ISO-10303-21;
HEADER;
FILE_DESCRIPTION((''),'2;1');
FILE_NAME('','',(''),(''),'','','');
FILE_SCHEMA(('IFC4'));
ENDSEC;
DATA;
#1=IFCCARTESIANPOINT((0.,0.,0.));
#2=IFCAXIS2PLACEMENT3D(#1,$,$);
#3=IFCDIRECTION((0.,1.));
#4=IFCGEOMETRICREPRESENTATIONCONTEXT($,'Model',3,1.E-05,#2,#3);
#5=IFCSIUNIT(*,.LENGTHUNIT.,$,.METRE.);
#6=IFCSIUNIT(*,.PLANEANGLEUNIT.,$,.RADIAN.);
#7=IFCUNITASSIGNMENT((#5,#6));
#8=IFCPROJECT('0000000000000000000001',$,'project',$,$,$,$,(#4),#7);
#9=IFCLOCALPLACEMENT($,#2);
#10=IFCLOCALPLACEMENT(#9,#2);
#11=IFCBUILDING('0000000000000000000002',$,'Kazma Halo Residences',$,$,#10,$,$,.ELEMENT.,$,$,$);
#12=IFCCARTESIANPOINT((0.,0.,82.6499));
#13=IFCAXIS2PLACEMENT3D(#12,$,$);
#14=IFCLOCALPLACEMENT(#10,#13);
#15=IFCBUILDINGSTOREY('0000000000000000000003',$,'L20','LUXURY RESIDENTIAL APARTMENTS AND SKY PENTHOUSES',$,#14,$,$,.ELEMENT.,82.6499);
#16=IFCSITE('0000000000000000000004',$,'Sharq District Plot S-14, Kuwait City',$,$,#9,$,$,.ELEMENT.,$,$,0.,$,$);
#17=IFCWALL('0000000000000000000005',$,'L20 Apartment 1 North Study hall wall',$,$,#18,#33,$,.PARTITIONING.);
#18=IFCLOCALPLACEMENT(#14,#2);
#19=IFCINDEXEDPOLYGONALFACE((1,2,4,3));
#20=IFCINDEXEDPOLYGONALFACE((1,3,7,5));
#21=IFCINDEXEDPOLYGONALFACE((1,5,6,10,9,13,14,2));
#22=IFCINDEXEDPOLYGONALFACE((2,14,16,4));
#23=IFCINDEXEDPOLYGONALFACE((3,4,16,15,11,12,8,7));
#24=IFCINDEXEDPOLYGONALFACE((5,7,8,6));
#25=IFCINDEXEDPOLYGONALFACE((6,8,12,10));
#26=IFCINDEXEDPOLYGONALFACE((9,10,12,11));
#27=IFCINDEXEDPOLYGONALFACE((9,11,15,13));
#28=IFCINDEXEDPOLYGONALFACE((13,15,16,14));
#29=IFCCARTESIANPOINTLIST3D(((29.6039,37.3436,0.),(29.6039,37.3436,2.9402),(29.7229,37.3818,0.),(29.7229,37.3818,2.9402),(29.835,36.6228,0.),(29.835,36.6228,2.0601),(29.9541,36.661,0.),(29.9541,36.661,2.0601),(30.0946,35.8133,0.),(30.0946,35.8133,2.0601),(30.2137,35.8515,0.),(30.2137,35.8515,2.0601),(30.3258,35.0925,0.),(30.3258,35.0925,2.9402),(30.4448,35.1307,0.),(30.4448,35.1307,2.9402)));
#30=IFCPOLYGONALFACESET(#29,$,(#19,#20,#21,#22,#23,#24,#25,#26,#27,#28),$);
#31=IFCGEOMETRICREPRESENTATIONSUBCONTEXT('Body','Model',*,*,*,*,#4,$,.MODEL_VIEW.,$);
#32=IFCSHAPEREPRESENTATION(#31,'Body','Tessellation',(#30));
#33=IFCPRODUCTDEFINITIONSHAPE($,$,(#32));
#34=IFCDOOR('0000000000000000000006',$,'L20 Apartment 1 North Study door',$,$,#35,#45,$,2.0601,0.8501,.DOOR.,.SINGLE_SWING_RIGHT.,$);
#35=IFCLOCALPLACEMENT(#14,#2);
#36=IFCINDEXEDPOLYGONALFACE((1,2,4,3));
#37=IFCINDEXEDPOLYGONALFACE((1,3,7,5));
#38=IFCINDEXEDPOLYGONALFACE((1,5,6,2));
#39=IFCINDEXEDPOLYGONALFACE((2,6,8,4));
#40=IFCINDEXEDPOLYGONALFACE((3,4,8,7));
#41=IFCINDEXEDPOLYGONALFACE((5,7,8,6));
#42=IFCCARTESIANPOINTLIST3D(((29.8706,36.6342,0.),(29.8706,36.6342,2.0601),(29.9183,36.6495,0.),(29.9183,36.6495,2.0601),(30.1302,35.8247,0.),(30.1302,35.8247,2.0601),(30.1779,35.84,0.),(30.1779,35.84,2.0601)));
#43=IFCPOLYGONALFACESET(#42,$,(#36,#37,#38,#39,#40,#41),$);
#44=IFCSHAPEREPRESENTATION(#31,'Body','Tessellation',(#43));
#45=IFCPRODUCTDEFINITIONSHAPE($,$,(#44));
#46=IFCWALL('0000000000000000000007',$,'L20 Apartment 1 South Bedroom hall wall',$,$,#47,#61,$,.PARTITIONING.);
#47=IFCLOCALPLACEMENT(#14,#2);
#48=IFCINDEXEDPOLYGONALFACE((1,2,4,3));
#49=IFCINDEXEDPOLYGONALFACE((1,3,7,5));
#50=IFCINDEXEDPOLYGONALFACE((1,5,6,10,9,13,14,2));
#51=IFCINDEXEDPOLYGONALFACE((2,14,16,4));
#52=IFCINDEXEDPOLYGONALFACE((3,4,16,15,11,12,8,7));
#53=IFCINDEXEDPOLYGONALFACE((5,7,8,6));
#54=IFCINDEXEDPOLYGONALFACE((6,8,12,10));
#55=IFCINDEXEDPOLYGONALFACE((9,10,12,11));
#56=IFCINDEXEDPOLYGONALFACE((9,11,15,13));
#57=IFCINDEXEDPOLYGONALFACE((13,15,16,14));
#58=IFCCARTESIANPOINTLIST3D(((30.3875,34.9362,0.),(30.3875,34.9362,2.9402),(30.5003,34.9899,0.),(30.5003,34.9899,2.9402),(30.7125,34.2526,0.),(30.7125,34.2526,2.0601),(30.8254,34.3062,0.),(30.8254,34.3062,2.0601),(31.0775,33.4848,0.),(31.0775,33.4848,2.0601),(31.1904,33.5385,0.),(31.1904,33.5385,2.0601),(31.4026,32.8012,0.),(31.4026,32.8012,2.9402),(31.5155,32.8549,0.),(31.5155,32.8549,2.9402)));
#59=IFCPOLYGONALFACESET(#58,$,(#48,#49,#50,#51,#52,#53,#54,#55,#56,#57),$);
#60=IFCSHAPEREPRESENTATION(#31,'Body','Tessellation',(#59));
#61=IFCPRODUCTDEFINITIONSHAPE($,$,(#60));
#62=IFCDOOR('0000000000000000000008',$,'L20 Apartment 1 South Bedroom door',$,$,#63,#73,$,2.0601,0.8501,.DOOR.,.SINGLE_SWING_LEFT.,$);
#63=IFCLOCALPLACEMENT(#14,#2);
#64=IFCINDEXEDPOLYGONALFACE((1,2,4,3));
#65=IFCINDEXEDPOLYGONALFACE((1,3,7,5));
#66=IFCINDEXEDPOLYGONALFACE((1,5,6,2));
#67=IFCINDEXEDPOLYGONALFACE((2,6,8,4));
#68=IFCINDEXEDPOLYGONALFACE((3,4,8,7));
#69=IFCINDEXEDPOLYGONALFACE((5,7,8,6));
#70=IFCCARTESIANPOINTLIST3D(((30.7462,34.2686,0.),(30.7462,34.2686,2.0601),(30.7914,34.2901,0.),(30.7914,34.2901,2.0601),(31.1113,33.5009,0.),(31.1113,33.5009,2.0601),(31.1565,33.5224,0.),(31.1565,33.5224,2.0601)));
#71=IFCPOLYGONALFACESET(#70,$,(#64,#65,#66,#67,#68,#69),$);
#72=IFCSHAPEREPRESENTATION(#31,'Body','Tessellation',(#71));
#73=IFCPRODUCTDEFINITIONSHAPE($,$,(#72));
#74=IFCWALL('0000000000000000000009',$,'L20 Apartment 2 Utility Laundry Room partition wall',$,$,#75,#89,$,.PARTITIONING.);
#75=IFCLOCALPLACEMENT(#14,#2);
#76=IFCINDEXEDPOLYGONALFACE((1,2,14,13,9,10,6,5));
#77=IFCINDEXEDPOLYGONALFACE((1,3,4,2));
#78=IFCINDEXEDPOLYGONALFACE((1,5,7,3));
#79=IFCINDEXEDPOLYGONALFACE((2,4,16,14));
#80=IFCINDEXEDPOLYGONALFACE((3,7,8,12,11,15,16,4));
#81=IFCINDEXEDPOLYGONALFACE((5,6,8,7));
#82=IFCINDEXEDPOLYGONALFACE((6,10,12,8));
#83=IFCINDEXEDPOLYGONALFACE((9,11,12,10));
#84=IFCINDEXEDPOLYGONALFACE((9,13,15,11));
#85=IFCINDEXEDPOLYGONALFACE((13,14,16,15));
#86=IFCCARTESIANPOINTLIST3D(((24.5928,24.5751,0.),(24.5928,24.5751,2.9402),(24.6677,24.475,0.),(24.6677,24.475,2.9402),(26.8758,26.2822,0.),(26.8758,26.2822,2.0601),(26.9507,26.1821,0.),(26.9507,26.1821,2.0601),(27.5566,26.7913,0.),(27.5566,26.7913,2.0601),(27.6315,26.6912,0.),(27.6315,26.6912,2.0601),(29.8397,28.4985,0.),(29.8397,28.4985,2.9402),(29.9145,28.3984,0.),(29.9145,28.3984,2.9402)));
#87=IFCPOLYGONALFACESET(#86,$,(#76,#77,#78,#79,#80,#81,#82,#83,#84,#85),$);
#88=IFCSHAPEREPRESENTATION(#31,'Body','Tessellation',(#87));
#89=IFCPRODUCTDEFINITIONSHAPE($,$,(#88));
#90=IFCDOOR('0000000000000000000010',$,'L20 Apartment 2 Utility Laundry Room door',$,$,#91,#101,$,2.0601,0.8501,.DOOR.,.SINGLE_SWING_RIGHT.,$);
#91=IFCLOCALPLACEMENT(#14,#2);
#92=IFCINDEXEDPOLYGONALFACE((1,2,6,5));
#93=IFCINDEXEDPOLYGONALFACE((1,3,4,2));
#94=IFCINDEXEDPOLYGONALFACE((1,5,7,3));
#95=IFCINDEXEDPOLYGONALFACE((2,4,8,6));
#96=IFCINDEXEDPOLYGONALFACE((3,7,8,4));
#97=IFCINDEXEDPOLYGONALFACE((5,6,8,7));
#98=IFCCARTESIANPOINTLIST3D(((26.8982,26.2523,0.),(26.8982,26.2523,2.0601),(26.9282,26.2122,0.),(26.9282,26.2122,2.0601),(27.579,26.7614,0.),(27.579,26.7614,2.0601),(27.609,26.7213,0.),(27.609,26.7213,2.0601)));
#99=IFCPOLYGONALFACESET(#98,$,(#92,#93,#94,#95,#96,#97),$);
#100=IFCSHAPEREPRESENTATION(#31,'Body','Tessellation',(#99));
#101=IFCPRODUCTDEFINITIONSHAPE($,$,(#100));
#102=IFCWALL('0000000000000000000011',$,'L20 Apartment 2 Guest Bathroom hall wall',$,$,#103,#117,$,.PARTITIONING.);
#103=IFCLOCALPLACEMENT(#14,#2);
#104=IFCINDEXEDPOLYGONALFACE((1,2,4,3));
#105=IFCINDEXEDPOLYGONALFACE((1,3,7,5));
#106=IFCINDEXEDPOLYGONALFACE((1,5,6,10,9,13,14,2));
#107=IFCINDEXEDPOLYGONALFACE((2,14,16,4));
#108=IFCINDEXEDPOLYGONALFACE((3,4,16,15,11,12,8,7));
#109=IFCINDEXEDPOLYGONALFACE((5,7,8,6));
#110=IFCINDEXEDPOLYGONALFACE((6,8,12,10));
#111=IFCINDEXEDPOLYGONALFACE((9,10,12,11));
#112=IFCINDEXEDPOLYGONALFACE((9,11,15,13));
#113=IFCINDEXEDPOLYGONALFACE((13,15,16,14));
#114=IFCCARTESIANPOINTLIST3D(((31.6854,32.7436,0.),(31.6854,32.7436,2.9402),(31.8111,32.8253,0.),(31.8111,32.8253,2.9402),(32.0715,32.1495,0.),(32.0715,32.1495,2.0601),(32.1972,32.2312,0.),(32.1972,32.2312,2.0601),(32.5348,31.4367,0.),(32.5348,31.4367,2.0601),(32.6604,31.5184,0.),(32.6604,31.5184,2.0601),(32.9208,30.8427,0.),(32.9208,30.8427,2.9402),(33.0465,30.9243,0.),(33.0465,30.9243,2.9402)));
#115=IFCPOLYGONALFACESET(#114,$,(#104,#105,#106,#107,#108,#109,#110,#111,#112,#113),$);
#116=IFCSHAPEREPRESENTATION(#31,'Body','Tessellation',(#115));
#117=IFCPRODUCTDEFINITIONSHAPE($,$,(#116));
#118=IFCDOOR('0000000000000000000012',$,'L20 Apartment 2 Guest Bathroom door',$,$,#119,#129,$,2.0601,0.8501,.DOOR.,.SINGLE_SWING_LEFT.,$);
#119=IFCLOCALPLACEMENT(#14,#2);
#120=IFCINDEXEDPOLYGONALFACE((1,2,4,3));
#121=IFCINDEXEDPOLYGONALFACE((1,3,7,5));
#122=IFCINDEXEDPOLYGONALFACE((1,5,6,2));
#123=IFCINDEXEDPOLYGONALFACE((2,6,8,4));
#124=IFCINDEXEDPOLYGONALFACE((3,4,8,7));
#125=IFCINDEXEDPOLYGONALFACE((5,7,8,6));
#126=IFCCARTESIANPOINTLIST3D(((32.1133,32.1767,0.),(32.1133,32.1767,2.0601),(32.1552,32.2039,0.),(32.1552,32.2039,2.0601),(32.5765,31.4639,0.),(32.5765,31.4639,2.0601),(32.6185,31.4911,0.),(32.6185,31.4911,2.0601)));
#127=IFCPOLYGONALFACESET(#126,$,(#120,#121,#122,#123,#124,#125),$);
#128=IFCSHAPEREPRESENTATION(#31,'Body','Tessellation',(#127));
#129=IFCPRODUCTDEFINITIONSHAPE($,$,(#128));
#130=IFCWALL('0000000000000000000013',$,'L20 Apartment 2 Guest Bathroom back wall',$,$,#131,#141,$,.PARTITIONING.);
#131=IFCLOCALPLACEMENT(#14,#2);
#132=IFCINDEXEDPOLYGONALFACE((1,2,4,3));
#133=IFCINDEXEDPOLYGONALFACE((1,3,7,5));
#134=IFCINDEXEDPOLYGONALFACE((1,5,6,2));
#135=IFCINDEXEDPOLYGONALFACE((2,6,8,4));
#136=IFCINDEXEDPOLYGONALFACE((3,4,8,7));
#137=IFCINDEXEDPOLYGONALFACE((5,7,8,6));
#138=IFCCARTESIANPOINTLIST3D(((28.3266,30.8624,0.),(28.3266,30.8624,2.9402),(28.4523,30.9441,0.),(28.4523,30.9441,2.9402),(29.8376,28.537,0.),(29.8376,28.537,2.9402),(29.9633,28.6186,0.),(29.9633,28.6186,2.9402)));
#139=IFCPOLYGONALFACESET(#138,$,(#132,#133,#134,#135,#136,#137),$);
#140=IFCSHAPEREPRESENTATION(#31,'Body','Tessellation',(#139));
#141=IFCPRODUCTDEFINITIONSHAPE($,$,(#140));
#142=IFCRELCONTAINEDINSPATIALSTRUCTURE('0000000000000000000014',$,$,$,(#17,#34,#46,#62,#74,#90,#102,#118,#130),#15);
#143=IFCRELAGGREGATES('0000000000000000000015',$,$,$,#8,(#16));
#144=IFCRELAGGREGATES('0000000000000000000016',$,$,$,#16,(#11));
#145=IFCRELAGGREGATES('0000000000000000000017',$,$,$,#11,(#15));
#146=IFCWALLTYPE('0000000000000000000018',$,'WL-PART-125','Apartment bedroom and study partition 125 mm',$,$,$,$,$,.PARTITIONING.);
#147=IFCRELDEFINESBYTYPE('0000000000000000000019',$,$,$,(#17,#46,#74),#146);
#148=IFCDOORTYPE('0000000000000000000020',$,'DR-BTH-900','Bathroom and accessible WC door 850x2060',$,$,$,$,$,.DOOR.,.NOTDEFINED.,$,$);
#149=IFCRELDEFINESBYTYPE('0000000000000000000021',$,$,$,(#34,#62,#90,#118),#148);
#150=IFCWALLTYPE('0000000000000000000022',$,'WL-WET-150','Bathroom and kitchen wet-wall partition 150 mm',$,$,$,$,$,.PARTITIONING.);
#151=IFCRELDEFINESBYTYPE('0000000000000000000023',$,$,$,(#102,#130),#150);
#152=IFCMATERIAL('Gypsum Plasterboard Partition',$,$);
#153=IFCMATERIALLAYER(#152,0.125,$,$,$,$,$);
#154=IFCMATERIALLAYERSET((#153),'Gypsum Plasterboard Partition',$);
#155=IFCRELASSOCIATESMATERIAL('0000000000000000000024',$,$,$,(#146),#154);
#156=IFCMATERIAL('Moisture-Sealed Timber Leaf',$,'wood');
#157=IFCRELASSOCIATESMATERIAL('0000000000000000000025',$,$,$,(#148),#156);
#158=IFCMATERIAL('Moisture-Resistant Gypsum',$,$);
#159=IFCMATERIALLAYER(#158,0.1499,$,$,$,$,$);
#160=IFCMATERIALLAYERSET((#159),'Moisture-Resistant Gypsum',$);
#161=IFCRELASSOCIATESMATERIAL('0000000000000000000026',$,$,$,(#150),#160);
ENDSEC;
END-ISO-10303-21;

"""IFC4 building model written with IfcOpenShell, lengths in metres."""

from ifc_helpers import new_model, si_unit, direction, frame, frame_2d, origin, place, context, subcontext, project, spatial, rectangle, extrude, material, layer, layer_set, type_object, element, fill, save


model = new_model("IFC4")

# Units and contexts
model_context = context("Model", 3, precision=1e-05, world=origin(), true_north=direction((0.0, 1.0)))
body_context = subcontext(model_context, "Body", "Model", "MODEL_VIEW")
ifc_project = project(units=[si_unit("LENGTHUNIT", "METRE"), si_unit("PLANEANGLEUNIT", "RADIAN")], contexts=[model_context])

# Site, building, storey
site_placement = place(None, origin())
site = spatial("IfcSite", under=ifc_project, at=site_placement, Name="Sharq District Plot S-14, Kuwait City", CompositionType="ELEMENT", RefElevation=0.0)
building_placement = place(site_placement, origin())
building = spatial("IfcBuilding", under=site, at=building_placement, Name="Kazma Halo Residences", CompositionType="ELEMENT")
storey_placement = place(building_placement, frame((0.0, 0.0, 82.6499)))
storey = spatial("IfcBuildingStorey", under=building, at=storey_placement, Name="L20", Description="LUXURY RESIDENTIAL APARTMENTS AND SKY PENTHOUSES", CompositionType="ELEMENT", Elevation=82.6499)

# Shared definitions
ifc_material_1 = material(Name="Gypsum Plasterboard Partition")
ifc_layer_1 = layer(ifc_material_1, 0.125)
ifc_layer_set_1 = layer_set([ifc_layer_1], Name="Gypsum Plasterboard Partition")
wall_type_1 = type_object("IfcWallType", Name="WL-PART-125", Description="Apartment bedroom and study partition 125 mm", PredefinedType="PARTITIONING", material=ifc_layer_set_1)

# Walls, openings, doors
ifc_material_2 = material(Name="Moisture-Sealed Timber Leaf", Category="wood")
door_type = type_object("IfcDoorType", Name="DR-BTH-900", Description="Bathroom and accessible WC door 850x2060", OperationType="NOTDEFINED", PredefinedType="DOOR", material=ifc_material_2)
wall_1_placement = place(storey_placement, frame((29.6633, 37.3628, 0.0), z_axis=(0.0, 0.0, 1.0), x_axis=(0.305394, -0.952226, 0.0)))
wall_1 = element("IfcWall", 1, at=wall_1_placement, inside=storey, type_object=wall_type_1, Name="L20 Apartment 1 North Study hall wall", PredefinedType="PARTITIONING", context=body_context, shape_type="SweptSolid", body=[
    extrude(rectangle(XDim=2.364, YDim=0.125, at=frame_2d((1.1821, 0.0))), origin(), (0.0, 0.0, 1.0), 2.9402),
])
opening_1_placement = place(wall_1_placement, frame((0.7571, 0.0, 0.0)))
opening_1 = element("IfcOpeningElement", 2, at=opening_1_placement, cuts=wall_1, PredefinedType="OPENING", context=body_context, shape_type="SweptSolid", body=[
    extrude(rectangle(XDim=0.8501, YDim=2.0601, at=frame_2d((0.425, 1.03))), frame((0.0, 0.0725, 0.0), z_axis=(0.0, -1.0, 0.0), x_axis=(1.0, 0.0, 0.0)), (0.0, 0.0, 1.0), 0.145),
])
door_1_placement = place(opening_1_placement, origin())
door_1 = element("IfcDoor", 3, at=door_1_placement, inside=storey, type_object=door_type, Name="L20 Apartment 1 North Study door", OperationType="SINGLE_SWING_RIGHT", OverallHeight=2.0601, OverallWidth=0.8501, PredefinedType="DOOR", context=body_context, shape_type="SweptSolid", body=[
    extrude(rectangle(XDim=0.8501, YDim=2.0601, at=frame_2d((0.425, 1.03))), frame((0.0, 0.0249, 0.0), z_axis=(0.0, -1.0, 0.0), x_axis=(1.0, 0.0, 0.0)), (0.0, 0.0, 1.0), 0.05),
])
fill(opening_1, door_1)
wall_2_placement = place(storey_placement, frame((30.4438, 34.9631, 0.0), z_axis=(0.0, 0.0, 1.0), x_axis=(0.429404, -0.903112, 0.0)))
wall_2 = element("IfcWall", 4, at=wall_2_placement, inside=storey, type_object=wall_type_1, Name="L20 Apartment 1 South Bedroom hall wall", PredefinedType="PARTITIONING", context=body_context, shape_type="SweptSolid", body=[
    extrude(rectangle(XDim=2.364, YDim=0.125, at=frame_2d((1.1821, 0.0))), origin(), (0.0, 0.0, 1.0), 2.9402),
])
opening_2_placement = place(wall_2_placement, frame((0.7571, 0.0, 0.0)))
opening_2 = element("IfcOpeningElement", 5, at=opening_2_placement, cuts=wall_2, PredefinedType="OPENING", context=body_context, shape_type="SweptSolid", body=[
    extrude(rectangle(XDim=0.8501, YDim=2.0601, at=frame_2d((0.425, 1.03))), frame((0.0, 0.0725, 0.0), z_axis=(0.0, -1.0, 0.0), x_axis=(1.0, 0.0, 0.0)), (0.0, 0.0, 1.0), 0.145),
])
door_2_placement = place(opening_2_placement, origin())
door_2 = element("IfcDoor", 6, at=door_2_placement, inside=storey, type_object=door_type, Name="L20 Apartment 1 South Bedroom door", OperationType="SINGLE_SWING_LEFT", OverallHeight=2.0601, OverallWidth=0.8501, PredefinedType="DOOR", context=body_context, shape_type="SweptSolid", body=[
    extrude(rectangle(XDim=0.8501, YDim=2.0601, at=frame_2d((0.425, 1.03))), frame((0.0, 0.0249, 0.0), z_axis=(0.0, -1.0, 0.0), x_axis=(1.0, 0.0, 0.0)), (0.0, 0.0, 1.0), 0.05),
])
fill(opening_2, door_2)
wall_3_placement = place(storey_placement, frame((29.8772, 28.4485, 0.0), z_axis=(0.0, 0.0, 1.0), x_axis=(-0.800862, -0.598849, 0.0)))
wall_3 = element("IfcWall", 7, at=wall_3_placement, inside=storey, type_object=wall_type_1, Name="L20 Apartment 2 Utility Laundry Room partition wall", PredefinedType="PARTITIONING", context=body_context, shape_type="SweptSolid", body=[
    extrude(rectangle(XDim=6.5515, YDim=0.125, at=frame_2d((3.2759, 0.0))), origin(), (0.0, 0.0, 1.0), 2.9402),
])
opening_3_placement = place(wall_3_placement, frame((2.8508, 0.0, 0.0)))
opening_3 = element("IfcOpeningElement", 8, at=opening_3_placement, cuts=wall_3, PredefinedType="OPENING", context=body_context, shape_type="SweptSolid", body=[
    extrude(rectangle(XDim=0.8501, YDim=2.0601, at=frame_2d((0.425, 1.03))), frame((0.0, 0.0725, 0.0), z_axis=(0.0, -1.0, 0.0), x_axis=(1.0, 0.0, 0.0)), (0.0, 0.0, 1.0), 0.145),
])
door_3_placement = place(opening_3_placement, origin())
door_3 = element("IfcDoor", 9, at=door_3_placement, inside=storey, type_object=door_type, Name="L20 Apartment 2 Utility Laundry Room door", OperationType="SINGLE_SWING_RIGHT", OverallHeight=2.0601, OverallWidth=0.8501, PredefinedType="DOOR", context=body_context, shape_type="SweptSolid", body=[
    extrude(rectangle(XDim=0.8501, YDim=2.0601, at=frame_2d((0.425, 1.03))), frame((0.0, 0.0249, 0.0), z_axis=(0.0, -1.0, 0.0), x_axis=(1.0, 0.0, 0.0)), (0.0, 0.0, 1.0), 0.05),
])
fill(opening_3, door_3)
ifc_material_3 = material(Name="Moisture-Resistant Gypsum")
ifc_layer_2 = layer(ifc_material_3, 0.1499)
ifc_layer_set_2 = layer_set([ifc_layer_2], Name="Moisture-Resistant Gypsum")
wall_type_2 = type_object("IfcWallType", Name="WL-WET-150", Description="Bathroom and kitchen wet-wall partition 150 mm", PredefinedType="PARTITIONING", material=ifc_layer_set_2)
wall_4_placement = place(storey_placement, frame((31.7483, 32.7844, 0.0), z_axis=(0.0, 0.0, 1.0), x_axis=(0.54492, -0.838488, 0.0)))
wall_4 = element("IfcWall", 10, at=wall_4_placement, inside=storey, type_object=wall_type_2, Name="L20 Apartment 2 Guest Bathroom hall wall", PredefinedType="PARTITIONING", context=body_context, shape_type="SweptSolid", body=[
    extrude(rectangle(XDim=2.2671, YDim=0.1499, at=frame_2d((1.1335, 0.0))), origin(), (0.0, 0.0, 1.0), 2.9402),
])
opening_4_placement = place(wall_4_placement, frame((0.7085, 0.0, 0.0)))
opening_4 = element("IfcOpeningElement", 11, at=opening_4_placement, cuts=wall_4, PredefinedType="OPENING", context=body_context, shape_type="SweptSolid", body=[
    extrude(rectangle(XDim=0.8501, YDim=2.0601, at=frame_2d((0.425, 1.03))), frame((0.0, 0.085, 0.0), z_axis=(0.0, -1.0, 0.0), x_axis=(1.0, 0.0, 0.0)), (0.0, 0.0, 1.0), 0.1699),
])
door_4_placement = place(opening_4_placement, origin())
door_4 = element("IfcDoor", 12, at=door_4_placement, inside=storey, type_object=door_type, Name="L20 Apartment 2 Guest Bathroom door", OperationType="SINGLE_SWING_LEFT", OverallHeight=2.0601, OverallWidth=0.8501, PredefinedType="DOOR", context=body_context, shape_type="SweptSolid", body=[
    extrude(rectangle(XDim=0.8501, YDim=2.0601, at=frame_2d((0.425, 1.03))), frame((0.0, 0.0249, 0.0), z_axis=(0.0, -1.0, 0.0), x_axis=(1.0, 0.0, 0.0)), (0.0, 0.0, 1.0), 0.05),
])
fill(opening_4, door_4)

# Wall
wall_5_placement = place(storey_placement, frame((28.3894, 30.9033, 0.0), z_axis=(0.0, 0.0, 1.0), x_axis=(0.544849, -0.838534, 0.0)))
element("IfcWall", 13, at=wall_5_placement, inside=storey, type_object=wall_type_2, Name="L20 Apartment 2 Guest Bathroom back wall", PredefinedType="PARTITIONING", context=body_context, shape_type="SweptSolid", body=[
    extrude(rectangle(XDim=2.7732, YDim=0.1499, at=frame_2d((1.3867, 0.0))), origin(), (0.0, 0.0, 1.0), 2.9402),
])

save(model, "model.ifc")
